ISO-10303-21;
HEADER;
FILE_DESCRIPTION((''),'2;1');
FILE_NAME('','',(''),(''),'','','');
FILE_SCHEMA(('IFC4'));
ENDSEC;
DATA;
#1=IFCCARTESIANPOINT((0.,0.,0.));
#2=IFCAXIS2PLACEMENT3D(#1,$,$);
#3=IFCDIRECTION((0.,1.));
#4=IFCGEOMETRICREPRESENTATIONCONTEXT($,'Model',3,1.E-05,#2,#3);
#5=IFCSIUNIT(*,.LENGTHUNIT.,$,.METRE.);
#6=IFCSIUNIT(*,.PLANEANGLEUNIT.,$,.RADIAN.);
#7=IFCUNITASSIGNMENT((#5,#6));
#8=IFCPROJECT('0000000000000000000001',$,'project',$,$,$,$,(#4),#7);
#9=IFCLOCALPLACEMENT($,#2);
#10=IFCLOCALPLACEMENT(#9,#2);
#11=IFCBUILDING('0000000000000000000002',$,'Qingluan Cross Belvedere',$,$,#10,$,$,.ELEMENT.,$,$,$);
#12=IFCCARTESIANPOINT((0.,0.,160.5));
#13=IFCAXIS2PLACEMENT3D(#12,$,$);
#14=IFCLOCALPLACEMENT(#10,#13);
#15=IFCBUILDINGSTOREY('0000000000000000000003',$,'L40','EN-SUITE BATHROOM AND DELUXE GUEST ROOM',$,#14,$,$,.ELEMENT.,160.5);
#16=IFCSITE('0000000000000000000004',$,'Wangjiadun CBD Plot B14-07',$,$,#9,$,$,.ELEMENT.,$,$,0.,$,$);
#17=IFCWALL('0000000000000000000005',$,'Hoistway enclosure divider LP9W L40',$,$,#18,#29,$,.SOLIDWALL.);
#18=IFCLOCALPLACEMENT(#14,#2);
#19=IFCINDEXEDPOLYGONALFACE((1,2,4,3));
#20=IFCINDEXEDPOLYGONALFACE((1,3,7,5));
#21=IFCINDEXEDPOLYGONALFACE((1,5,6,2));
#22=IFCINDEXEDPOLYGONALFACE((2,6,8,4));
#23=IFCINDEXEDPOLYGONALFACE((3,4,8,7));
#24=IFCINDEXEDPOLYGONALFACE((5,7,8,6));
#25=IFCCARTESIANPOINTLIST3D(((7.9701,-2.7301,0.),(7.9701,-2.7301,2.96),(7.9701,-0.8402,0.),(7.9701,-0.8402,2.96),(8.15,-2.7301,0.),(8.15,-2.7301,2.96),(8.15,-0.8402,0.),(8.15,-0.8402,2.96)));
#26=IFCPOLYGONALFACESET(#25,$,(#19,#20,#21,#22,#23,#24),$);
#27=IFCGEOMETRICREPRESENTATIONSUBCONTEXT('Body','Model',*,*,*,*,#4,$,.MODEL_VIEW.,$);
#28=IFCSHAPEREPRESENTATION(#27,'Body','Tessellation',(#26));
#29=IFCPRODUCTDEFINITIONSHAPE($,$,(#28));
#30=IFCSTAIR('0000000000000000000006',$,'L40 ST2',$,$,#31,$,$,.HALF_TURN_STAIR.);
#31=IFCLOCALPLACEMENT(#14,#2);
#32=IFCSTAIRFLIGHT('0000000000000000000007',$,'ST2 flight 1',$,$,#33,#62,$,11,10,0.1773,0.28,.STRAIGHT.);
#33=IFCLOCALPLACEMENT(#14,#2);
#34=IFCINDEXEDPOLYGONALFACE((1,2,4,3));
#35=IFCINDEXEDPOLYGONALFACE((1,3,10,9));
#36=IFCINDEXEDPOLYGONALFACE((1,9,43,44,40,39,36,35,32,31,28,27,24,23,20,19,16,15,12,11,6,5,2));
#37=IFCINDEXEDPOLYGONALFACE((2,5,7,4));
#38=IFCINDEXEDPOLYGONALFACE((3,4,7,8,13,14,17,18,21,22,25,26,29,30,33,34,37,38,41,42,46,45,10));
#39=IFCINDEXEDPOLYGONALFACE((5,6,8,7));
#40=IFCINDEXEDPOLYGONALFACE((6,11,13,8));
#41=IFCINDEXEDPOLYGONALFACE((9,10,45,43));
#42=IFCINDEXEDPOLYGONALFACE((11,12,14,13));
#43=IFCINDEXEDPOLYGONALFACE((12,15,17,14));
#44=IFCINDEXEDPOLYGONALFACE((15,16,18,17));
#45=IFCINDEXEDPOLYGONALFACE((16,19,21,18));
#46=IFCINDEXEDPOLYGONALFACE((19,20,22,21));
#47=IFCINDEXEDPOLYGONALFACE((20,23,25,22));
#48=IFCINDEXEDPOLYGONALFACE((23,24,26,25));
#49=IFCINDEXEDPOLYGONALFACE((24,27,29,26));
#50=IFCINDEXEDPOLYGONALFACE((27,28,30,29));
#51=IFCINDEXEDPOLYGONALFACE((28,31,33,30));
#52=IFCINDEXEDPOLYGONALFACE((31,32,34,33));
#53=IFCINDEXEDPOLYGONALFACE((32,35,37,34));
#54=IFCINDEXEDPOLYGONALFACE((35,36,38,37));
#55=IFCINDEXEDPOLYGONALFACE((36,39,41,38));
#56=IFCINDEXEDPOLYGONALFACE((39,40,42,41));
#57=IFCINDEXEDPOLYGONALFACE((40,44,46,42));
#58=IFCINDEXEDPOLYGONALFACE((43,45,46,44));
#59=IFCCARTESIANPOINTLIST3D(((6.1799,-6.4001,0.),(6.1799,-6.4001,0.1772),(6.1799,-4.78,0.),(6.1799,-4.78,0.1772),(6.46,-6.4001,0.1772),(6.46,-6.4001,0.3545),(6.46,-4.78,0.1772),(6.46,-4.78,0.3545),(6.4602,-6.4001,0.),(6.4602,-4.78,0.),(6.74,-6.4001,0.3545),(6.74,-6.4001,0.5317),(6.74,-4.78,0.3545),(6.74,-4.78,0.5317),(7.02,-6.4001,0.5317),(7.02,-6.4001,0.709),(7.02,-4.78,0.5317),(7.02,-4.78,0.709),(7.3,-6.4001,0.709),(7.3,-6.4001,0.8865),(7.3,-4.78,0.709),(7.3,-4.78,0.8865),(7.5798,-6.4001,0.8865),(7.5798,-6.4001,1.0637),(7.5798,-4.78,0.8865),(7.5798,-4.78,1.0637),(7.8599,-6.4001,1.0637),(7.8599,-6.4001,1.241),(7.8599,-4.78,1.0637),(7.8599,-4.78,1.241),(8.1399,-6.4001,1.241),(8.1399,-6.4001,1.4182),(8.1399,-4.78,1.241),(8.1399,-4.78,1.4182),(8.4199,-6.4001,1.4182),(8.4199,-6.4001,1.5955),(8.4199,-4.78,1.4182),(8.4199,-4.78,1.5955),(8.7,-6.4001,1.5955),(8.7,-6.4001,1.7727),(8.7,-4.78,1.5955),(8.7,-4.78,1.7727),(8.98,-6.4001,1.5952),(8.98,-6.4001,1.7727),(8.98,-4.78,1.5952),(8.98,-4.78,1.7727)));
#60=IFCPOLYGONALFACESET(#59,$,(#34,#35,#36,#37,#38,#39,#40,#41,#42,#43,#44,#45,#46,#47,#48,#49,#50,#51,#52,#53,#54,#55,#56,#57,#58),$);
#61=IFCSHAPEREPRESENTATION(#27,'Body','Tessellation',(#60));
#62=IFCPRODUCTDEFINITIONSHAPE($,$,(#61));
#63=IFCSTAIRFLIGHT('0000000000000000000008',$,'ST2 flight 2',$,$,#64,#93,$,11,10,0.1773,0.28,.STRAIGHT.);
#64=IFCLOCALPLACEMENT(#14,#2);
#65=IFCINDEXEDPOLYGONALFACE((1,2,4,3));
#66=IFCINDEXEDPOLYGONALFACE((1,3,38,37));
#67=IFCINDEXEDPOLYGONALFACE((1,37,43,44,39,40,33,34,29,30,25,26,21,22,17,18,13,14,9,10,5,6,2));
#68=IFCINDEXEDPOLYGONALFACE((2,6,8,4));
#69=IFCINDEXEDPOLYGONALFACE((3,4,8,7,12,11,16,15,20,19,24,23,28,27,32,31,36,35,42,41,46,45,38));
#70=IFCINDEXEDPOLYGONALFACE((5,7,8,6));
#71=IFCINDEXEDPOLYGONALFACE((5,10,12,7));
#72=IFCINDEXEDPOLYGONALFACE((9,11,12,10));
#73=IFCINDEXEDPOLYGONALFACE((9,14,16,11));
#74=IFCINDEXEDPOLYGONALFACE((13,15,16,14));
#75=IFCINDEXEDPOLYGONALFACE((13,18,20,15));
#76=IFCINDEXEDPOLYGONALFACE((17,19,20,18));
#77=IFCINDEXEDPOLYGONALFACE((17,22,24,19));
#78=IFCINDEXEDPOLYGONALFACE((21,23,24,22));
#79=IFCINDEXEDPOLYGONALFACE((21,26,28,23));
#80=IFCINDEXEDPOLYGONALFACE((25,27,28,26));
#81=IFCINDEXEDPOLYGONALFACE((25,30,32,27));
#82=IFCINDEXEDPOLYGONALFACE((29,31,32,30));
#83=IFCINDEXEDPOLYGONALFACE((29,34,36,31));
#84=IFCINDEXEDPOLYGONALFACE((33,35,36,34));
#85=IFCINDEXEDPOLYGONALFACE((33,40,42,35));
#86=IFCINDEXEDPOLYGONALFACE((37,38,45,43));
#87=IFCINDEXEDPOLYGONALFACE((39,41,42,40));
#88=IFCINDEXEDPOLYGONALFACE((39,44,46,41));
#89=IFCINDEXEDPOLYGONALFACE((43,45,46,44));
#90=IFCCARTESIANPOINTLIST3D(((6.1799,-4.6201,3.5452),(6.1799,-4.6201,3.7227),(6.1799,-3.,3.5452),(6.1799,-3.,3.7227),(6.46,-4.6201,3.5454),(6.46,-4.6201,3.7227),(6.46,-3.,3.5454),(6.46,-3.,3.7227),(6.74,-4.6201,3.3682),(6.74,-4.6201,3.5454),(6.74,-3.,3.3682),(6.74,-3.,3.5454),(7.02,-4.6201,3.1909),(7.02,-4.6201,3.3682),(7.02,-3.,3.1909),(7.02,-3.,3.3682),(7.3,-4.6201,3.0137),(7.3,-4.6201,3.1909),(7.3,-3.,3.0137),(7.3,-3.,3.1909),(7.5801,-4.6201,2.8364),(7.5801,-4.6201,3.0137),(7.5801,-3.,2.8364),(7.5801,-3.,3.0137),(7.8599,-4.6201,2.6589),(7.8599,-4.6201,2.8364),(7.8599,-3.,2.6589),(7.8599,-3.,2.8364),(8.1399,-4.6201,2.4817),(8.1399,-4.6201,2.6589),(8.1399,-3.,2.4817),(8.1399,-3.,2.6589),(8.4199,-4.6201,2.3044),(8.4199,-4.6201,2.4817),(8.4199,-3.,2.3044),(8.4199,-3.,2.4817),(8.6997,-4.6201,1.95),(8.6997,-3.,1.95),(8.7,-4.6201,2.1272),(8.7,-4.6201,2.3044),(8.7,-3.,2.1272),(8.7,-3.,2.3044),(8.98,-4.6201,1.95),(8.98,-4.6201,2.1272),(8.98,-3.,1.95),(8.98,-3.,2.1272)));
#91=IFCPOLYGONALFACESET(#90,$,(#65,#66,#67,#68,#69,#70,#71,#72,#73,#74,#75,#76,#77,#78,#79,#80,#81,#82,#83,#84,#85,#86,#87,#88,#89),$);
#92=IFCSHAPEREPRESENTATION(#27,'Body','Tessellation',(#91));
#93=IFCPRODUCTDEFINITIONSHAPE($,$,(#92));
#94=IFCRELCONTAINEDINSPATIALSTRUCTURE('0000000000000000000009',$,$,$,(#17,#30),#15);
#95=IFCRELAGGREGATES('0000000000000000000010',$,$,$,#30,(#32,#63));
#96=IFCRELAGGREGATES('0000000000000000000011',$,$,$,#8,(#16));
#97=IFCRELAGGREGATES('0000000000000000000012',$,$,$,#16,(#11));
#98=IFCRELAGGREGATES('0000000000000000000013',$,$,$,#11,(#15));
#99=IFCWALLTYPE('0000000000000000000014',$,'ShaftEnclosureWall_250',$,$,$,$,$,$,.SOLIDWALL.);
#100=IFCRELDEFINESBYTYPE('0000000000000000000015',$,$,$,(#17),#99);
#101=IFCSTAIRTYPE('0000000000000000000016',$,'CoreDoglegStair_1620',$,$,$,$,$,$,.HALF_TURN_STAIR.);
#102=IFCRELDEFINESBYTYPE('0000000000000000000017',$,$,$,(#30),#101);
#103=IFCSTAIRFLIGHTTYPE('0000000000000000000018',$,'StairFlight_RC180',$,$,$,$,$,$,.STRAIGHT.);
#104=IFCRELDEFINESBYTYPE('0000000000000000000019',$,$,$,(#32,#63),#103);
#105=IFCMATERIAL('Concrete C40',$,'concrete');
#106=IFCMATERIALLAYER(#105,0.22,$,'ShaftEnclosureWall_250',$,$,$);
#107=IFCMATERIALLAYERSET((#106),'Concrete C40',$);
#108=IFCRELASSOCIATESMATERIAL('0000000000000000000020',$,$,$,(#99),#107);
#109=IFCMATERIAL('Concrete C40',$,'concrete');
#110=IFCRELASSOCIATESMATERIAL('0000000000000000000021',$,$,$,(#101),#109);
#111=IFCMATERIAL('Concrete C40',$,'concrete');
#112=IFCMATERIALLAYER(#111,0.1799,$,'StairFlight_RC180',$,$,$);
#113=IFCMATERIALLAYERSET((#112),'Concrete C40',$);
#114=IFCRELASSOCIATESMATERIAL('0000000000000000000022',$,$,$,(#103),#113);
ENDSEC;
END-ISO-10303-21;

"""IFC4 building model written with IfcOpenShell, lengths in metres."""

from ifc_helpers import new_model, si_unit, direction, frame, frame_2d, origin, place, context, subcontext, project, spatial, polyline, rectangle, outline, extrude, material, layer, layer_set, type_object, element, aggregate, save


model = new_model("IFC4")

# Units and contexts
model_context = context("Model", 3, precision=1e-05, world=origin(), true_north=direction((0.0, 1.0)))
body_context = subcontext(model_context, "Body", "Model", "MODEL_VIEW")
ifc_project = project(units=[si_unit("LENGTHUNIT", "METRE"), si_unit("PLANEANGLEUNIT", "RADIAN")], contexts=[model_context])

# Site, building, storey
site_placement = place(None, origin())
site = spatial("IfcSite", under=ifc_project, at=site_placement, Name="Wangjiadun CBD Plot B14-07", CompositionType="ELEMENT", RefElevation=0.0)
building_placement = place(site_placement, origin())
building = spatial("IfcBuilding", under=site, at=building_placement, Name="Qingluan Cross Belvedere", CompositionType="ELEMENT")
storey_placement = place(building_placement, frame((0.0, 0.0, 160.5)))
storey = spatial("IfcBuildingStorey", under=building, at=storey_placement, Name="L40", Description="EN-SUITE BATHROOM AND DELUXE GUEST ROOM", CompositionType="ELEMENT", Elevation=160.5)

# Shared definitions
ifc_material_1 = material(Name="Concrete C40", Category="concrete")
ifc_layer_1 = layer(ifc_material_1, 0.22, Name="ShaftEnclosureWall_250")
ifc_layer_set_1 = layer_set([ifc_layer_1], Name="Concrete C40")
wall_type_1 = type_object("IfcWallType", Name="ShaftEnclosureWall_250", PredefinedType="SOLIDWALL", material=ifc_layer_set_1)

# Wall
for number, where, z_axis, x_axis, name in (
    (1, (8.0601, -2.73, 0.0), (0.0, 0.0, 1.0), (0.0, 1.0, 0.0), "Hoistway enclosure divider LP9W L40"),
):
    element("IfcWall", number, at=place(storey_placement, frame(where, z_axis=z_axis, x_axis=x_axis)), inside=storey, type_object=wall_type_1, Name=name, PredefinedType="SOLIDWALL", context=body_context, shape_type="SweptSolid", body=[
        extrude(rectangle(XDim=1.8899, YDim=0.1799, at=frame_2d((0.9448, 0.0))), origin(), (0.0, 0.0, 1.0), 2.96),
    ])

# Stair, stair flights
ifc_material_2 = material(Name="Concrete C40", Category="concrete")
stair_type = type_object("IfcStairType", Name="CoreDoglegStair_1620", PredefinedType="HALF_TURN_STAIR", material=ifc_material_2)
stair_placement = place(storey_placement, origin())
stair = element("IfcStair", 2, at=stair_placement, inside=storey, type_object=stair_type, Name="L40 ST2", PredefinedType="HALF_TURN_STAIR")
ifc_material_3 = material(Name="Concrete C40", Category="concrete")
ifc_layer_2 = layer(ifc_material_3, 0.1799, Name="StairFlight_RC180")
ifc_layer_set_2 = layer_set([ifc_layer_2], Name="Concrete C40")
stair_flight_type = type_object("IfcStairFlightType", Name="StairFlight_RC180", PredefinedType="STRAIGHT", material=ifc_layer_set_2)
stair_flight_1_placement = place(storey_placement, frame((6.1799, -5.5901, 0.0), z_axis=(0.0, 0.0, 1.0), x_axis=(1.0, 0.0, 0.0)))
stair_flight_1 = element("IfcStairFlight", 3, at=stair_flight_1_placement, type_object=stair_flight_type, Name="ST2 flight 1", NumberOfRisers=11, NumberOfTreads=10, PredefinedType="STRAIGHT", RiserHeight=0.1773, TreadLength=0.28, context=body_context, shape_type="SweptSolid", body=[
    extrude(outline(polyline([(0.0, 0.0), (0.0, 0.1772), (0.28, 0.1772), (0.28, 0.3545), (0.5601, 0.3545), (0.5601, 0.5317), (0.8401, 0.5317), (0.8401, 0.709), (1.1201, 0.709), (1.1201, 0.8865), (1.3999, 0.8865), (1.3999, 1.0637), (1.6799, 1.0637), (1.6799, 1.241), (1.96, 1.241), (1.96, 1.4182), (2.24, 1.4182), (2.24, 1.5955), (2.52, 1.5955), (2.52, 1.7727), (2.8, 1.7727), (2.8, 1.95), (2.8, 1.5952), (0.2803, 0.0), (0.0, 0.0)])), frame((0.0, 0.8101, 0.0), z_axis=(0.0, -1.0, 0.0), x_axis=(1.0, 0.0, 0.0)), (0.0, 0.0, 1.0), 1.6201),
])
stair_flight_2_placement = place(storey_placement, frame((8.98, -3.8101, 1.95), z_axis=(0.0, 0.0, 1.0), x_axis=(-1.0, 0.0, 0.0)))
stair_flight_2 = element("IfcStairFlight", 4, at=stair_flight_2_placement, type_object=stair_flight_type, Name="ST2 flight 2", NumberOfRisers=11, NumberOfTreads=10, PredefinedType="STRAIGHT", RiserHeight=0.1773, TreadLength=0.28, context=body_context, shape_type="SweptSolid", body=[
    extrude(outline(polyline([(0.0, 0.0), (0.0, 0.1772), (0.28, 0.1772), (0.28, 0.3545), (0.5601, 0.3545), (0.5601, 0.5317), (0.8401, 0.5317), (0.8401, 0.709), (1.1201, 0.709), (1.1201, 0.8865), (1.3999, 0.8865), (1.3999, 1.0637), (1.6799, 1.0637), (1.6799, 1.241), (1.96, 1.241), (1.96, 1.4182), (2.24, 1.4182), (2.24, 1.5955), (2.52, 1.5955), (2.52, 1.7727), (2.8, 1.7727), (2.8, 1.95), (2.8, 1.5952), (0.2803, 0.0), (0.0, 0.0)])), frame((0.0, 0.8101, 0.0), z_axis=(0.0, -1.0, 0.0), x_axis=(1.0, 0.0, 0.0)), (0.0, 0.0, 1.0), 1.6201),
])
aggregate(stair, [stair_flight_1, stair_flight_2])

save(model, "model.ifc")
